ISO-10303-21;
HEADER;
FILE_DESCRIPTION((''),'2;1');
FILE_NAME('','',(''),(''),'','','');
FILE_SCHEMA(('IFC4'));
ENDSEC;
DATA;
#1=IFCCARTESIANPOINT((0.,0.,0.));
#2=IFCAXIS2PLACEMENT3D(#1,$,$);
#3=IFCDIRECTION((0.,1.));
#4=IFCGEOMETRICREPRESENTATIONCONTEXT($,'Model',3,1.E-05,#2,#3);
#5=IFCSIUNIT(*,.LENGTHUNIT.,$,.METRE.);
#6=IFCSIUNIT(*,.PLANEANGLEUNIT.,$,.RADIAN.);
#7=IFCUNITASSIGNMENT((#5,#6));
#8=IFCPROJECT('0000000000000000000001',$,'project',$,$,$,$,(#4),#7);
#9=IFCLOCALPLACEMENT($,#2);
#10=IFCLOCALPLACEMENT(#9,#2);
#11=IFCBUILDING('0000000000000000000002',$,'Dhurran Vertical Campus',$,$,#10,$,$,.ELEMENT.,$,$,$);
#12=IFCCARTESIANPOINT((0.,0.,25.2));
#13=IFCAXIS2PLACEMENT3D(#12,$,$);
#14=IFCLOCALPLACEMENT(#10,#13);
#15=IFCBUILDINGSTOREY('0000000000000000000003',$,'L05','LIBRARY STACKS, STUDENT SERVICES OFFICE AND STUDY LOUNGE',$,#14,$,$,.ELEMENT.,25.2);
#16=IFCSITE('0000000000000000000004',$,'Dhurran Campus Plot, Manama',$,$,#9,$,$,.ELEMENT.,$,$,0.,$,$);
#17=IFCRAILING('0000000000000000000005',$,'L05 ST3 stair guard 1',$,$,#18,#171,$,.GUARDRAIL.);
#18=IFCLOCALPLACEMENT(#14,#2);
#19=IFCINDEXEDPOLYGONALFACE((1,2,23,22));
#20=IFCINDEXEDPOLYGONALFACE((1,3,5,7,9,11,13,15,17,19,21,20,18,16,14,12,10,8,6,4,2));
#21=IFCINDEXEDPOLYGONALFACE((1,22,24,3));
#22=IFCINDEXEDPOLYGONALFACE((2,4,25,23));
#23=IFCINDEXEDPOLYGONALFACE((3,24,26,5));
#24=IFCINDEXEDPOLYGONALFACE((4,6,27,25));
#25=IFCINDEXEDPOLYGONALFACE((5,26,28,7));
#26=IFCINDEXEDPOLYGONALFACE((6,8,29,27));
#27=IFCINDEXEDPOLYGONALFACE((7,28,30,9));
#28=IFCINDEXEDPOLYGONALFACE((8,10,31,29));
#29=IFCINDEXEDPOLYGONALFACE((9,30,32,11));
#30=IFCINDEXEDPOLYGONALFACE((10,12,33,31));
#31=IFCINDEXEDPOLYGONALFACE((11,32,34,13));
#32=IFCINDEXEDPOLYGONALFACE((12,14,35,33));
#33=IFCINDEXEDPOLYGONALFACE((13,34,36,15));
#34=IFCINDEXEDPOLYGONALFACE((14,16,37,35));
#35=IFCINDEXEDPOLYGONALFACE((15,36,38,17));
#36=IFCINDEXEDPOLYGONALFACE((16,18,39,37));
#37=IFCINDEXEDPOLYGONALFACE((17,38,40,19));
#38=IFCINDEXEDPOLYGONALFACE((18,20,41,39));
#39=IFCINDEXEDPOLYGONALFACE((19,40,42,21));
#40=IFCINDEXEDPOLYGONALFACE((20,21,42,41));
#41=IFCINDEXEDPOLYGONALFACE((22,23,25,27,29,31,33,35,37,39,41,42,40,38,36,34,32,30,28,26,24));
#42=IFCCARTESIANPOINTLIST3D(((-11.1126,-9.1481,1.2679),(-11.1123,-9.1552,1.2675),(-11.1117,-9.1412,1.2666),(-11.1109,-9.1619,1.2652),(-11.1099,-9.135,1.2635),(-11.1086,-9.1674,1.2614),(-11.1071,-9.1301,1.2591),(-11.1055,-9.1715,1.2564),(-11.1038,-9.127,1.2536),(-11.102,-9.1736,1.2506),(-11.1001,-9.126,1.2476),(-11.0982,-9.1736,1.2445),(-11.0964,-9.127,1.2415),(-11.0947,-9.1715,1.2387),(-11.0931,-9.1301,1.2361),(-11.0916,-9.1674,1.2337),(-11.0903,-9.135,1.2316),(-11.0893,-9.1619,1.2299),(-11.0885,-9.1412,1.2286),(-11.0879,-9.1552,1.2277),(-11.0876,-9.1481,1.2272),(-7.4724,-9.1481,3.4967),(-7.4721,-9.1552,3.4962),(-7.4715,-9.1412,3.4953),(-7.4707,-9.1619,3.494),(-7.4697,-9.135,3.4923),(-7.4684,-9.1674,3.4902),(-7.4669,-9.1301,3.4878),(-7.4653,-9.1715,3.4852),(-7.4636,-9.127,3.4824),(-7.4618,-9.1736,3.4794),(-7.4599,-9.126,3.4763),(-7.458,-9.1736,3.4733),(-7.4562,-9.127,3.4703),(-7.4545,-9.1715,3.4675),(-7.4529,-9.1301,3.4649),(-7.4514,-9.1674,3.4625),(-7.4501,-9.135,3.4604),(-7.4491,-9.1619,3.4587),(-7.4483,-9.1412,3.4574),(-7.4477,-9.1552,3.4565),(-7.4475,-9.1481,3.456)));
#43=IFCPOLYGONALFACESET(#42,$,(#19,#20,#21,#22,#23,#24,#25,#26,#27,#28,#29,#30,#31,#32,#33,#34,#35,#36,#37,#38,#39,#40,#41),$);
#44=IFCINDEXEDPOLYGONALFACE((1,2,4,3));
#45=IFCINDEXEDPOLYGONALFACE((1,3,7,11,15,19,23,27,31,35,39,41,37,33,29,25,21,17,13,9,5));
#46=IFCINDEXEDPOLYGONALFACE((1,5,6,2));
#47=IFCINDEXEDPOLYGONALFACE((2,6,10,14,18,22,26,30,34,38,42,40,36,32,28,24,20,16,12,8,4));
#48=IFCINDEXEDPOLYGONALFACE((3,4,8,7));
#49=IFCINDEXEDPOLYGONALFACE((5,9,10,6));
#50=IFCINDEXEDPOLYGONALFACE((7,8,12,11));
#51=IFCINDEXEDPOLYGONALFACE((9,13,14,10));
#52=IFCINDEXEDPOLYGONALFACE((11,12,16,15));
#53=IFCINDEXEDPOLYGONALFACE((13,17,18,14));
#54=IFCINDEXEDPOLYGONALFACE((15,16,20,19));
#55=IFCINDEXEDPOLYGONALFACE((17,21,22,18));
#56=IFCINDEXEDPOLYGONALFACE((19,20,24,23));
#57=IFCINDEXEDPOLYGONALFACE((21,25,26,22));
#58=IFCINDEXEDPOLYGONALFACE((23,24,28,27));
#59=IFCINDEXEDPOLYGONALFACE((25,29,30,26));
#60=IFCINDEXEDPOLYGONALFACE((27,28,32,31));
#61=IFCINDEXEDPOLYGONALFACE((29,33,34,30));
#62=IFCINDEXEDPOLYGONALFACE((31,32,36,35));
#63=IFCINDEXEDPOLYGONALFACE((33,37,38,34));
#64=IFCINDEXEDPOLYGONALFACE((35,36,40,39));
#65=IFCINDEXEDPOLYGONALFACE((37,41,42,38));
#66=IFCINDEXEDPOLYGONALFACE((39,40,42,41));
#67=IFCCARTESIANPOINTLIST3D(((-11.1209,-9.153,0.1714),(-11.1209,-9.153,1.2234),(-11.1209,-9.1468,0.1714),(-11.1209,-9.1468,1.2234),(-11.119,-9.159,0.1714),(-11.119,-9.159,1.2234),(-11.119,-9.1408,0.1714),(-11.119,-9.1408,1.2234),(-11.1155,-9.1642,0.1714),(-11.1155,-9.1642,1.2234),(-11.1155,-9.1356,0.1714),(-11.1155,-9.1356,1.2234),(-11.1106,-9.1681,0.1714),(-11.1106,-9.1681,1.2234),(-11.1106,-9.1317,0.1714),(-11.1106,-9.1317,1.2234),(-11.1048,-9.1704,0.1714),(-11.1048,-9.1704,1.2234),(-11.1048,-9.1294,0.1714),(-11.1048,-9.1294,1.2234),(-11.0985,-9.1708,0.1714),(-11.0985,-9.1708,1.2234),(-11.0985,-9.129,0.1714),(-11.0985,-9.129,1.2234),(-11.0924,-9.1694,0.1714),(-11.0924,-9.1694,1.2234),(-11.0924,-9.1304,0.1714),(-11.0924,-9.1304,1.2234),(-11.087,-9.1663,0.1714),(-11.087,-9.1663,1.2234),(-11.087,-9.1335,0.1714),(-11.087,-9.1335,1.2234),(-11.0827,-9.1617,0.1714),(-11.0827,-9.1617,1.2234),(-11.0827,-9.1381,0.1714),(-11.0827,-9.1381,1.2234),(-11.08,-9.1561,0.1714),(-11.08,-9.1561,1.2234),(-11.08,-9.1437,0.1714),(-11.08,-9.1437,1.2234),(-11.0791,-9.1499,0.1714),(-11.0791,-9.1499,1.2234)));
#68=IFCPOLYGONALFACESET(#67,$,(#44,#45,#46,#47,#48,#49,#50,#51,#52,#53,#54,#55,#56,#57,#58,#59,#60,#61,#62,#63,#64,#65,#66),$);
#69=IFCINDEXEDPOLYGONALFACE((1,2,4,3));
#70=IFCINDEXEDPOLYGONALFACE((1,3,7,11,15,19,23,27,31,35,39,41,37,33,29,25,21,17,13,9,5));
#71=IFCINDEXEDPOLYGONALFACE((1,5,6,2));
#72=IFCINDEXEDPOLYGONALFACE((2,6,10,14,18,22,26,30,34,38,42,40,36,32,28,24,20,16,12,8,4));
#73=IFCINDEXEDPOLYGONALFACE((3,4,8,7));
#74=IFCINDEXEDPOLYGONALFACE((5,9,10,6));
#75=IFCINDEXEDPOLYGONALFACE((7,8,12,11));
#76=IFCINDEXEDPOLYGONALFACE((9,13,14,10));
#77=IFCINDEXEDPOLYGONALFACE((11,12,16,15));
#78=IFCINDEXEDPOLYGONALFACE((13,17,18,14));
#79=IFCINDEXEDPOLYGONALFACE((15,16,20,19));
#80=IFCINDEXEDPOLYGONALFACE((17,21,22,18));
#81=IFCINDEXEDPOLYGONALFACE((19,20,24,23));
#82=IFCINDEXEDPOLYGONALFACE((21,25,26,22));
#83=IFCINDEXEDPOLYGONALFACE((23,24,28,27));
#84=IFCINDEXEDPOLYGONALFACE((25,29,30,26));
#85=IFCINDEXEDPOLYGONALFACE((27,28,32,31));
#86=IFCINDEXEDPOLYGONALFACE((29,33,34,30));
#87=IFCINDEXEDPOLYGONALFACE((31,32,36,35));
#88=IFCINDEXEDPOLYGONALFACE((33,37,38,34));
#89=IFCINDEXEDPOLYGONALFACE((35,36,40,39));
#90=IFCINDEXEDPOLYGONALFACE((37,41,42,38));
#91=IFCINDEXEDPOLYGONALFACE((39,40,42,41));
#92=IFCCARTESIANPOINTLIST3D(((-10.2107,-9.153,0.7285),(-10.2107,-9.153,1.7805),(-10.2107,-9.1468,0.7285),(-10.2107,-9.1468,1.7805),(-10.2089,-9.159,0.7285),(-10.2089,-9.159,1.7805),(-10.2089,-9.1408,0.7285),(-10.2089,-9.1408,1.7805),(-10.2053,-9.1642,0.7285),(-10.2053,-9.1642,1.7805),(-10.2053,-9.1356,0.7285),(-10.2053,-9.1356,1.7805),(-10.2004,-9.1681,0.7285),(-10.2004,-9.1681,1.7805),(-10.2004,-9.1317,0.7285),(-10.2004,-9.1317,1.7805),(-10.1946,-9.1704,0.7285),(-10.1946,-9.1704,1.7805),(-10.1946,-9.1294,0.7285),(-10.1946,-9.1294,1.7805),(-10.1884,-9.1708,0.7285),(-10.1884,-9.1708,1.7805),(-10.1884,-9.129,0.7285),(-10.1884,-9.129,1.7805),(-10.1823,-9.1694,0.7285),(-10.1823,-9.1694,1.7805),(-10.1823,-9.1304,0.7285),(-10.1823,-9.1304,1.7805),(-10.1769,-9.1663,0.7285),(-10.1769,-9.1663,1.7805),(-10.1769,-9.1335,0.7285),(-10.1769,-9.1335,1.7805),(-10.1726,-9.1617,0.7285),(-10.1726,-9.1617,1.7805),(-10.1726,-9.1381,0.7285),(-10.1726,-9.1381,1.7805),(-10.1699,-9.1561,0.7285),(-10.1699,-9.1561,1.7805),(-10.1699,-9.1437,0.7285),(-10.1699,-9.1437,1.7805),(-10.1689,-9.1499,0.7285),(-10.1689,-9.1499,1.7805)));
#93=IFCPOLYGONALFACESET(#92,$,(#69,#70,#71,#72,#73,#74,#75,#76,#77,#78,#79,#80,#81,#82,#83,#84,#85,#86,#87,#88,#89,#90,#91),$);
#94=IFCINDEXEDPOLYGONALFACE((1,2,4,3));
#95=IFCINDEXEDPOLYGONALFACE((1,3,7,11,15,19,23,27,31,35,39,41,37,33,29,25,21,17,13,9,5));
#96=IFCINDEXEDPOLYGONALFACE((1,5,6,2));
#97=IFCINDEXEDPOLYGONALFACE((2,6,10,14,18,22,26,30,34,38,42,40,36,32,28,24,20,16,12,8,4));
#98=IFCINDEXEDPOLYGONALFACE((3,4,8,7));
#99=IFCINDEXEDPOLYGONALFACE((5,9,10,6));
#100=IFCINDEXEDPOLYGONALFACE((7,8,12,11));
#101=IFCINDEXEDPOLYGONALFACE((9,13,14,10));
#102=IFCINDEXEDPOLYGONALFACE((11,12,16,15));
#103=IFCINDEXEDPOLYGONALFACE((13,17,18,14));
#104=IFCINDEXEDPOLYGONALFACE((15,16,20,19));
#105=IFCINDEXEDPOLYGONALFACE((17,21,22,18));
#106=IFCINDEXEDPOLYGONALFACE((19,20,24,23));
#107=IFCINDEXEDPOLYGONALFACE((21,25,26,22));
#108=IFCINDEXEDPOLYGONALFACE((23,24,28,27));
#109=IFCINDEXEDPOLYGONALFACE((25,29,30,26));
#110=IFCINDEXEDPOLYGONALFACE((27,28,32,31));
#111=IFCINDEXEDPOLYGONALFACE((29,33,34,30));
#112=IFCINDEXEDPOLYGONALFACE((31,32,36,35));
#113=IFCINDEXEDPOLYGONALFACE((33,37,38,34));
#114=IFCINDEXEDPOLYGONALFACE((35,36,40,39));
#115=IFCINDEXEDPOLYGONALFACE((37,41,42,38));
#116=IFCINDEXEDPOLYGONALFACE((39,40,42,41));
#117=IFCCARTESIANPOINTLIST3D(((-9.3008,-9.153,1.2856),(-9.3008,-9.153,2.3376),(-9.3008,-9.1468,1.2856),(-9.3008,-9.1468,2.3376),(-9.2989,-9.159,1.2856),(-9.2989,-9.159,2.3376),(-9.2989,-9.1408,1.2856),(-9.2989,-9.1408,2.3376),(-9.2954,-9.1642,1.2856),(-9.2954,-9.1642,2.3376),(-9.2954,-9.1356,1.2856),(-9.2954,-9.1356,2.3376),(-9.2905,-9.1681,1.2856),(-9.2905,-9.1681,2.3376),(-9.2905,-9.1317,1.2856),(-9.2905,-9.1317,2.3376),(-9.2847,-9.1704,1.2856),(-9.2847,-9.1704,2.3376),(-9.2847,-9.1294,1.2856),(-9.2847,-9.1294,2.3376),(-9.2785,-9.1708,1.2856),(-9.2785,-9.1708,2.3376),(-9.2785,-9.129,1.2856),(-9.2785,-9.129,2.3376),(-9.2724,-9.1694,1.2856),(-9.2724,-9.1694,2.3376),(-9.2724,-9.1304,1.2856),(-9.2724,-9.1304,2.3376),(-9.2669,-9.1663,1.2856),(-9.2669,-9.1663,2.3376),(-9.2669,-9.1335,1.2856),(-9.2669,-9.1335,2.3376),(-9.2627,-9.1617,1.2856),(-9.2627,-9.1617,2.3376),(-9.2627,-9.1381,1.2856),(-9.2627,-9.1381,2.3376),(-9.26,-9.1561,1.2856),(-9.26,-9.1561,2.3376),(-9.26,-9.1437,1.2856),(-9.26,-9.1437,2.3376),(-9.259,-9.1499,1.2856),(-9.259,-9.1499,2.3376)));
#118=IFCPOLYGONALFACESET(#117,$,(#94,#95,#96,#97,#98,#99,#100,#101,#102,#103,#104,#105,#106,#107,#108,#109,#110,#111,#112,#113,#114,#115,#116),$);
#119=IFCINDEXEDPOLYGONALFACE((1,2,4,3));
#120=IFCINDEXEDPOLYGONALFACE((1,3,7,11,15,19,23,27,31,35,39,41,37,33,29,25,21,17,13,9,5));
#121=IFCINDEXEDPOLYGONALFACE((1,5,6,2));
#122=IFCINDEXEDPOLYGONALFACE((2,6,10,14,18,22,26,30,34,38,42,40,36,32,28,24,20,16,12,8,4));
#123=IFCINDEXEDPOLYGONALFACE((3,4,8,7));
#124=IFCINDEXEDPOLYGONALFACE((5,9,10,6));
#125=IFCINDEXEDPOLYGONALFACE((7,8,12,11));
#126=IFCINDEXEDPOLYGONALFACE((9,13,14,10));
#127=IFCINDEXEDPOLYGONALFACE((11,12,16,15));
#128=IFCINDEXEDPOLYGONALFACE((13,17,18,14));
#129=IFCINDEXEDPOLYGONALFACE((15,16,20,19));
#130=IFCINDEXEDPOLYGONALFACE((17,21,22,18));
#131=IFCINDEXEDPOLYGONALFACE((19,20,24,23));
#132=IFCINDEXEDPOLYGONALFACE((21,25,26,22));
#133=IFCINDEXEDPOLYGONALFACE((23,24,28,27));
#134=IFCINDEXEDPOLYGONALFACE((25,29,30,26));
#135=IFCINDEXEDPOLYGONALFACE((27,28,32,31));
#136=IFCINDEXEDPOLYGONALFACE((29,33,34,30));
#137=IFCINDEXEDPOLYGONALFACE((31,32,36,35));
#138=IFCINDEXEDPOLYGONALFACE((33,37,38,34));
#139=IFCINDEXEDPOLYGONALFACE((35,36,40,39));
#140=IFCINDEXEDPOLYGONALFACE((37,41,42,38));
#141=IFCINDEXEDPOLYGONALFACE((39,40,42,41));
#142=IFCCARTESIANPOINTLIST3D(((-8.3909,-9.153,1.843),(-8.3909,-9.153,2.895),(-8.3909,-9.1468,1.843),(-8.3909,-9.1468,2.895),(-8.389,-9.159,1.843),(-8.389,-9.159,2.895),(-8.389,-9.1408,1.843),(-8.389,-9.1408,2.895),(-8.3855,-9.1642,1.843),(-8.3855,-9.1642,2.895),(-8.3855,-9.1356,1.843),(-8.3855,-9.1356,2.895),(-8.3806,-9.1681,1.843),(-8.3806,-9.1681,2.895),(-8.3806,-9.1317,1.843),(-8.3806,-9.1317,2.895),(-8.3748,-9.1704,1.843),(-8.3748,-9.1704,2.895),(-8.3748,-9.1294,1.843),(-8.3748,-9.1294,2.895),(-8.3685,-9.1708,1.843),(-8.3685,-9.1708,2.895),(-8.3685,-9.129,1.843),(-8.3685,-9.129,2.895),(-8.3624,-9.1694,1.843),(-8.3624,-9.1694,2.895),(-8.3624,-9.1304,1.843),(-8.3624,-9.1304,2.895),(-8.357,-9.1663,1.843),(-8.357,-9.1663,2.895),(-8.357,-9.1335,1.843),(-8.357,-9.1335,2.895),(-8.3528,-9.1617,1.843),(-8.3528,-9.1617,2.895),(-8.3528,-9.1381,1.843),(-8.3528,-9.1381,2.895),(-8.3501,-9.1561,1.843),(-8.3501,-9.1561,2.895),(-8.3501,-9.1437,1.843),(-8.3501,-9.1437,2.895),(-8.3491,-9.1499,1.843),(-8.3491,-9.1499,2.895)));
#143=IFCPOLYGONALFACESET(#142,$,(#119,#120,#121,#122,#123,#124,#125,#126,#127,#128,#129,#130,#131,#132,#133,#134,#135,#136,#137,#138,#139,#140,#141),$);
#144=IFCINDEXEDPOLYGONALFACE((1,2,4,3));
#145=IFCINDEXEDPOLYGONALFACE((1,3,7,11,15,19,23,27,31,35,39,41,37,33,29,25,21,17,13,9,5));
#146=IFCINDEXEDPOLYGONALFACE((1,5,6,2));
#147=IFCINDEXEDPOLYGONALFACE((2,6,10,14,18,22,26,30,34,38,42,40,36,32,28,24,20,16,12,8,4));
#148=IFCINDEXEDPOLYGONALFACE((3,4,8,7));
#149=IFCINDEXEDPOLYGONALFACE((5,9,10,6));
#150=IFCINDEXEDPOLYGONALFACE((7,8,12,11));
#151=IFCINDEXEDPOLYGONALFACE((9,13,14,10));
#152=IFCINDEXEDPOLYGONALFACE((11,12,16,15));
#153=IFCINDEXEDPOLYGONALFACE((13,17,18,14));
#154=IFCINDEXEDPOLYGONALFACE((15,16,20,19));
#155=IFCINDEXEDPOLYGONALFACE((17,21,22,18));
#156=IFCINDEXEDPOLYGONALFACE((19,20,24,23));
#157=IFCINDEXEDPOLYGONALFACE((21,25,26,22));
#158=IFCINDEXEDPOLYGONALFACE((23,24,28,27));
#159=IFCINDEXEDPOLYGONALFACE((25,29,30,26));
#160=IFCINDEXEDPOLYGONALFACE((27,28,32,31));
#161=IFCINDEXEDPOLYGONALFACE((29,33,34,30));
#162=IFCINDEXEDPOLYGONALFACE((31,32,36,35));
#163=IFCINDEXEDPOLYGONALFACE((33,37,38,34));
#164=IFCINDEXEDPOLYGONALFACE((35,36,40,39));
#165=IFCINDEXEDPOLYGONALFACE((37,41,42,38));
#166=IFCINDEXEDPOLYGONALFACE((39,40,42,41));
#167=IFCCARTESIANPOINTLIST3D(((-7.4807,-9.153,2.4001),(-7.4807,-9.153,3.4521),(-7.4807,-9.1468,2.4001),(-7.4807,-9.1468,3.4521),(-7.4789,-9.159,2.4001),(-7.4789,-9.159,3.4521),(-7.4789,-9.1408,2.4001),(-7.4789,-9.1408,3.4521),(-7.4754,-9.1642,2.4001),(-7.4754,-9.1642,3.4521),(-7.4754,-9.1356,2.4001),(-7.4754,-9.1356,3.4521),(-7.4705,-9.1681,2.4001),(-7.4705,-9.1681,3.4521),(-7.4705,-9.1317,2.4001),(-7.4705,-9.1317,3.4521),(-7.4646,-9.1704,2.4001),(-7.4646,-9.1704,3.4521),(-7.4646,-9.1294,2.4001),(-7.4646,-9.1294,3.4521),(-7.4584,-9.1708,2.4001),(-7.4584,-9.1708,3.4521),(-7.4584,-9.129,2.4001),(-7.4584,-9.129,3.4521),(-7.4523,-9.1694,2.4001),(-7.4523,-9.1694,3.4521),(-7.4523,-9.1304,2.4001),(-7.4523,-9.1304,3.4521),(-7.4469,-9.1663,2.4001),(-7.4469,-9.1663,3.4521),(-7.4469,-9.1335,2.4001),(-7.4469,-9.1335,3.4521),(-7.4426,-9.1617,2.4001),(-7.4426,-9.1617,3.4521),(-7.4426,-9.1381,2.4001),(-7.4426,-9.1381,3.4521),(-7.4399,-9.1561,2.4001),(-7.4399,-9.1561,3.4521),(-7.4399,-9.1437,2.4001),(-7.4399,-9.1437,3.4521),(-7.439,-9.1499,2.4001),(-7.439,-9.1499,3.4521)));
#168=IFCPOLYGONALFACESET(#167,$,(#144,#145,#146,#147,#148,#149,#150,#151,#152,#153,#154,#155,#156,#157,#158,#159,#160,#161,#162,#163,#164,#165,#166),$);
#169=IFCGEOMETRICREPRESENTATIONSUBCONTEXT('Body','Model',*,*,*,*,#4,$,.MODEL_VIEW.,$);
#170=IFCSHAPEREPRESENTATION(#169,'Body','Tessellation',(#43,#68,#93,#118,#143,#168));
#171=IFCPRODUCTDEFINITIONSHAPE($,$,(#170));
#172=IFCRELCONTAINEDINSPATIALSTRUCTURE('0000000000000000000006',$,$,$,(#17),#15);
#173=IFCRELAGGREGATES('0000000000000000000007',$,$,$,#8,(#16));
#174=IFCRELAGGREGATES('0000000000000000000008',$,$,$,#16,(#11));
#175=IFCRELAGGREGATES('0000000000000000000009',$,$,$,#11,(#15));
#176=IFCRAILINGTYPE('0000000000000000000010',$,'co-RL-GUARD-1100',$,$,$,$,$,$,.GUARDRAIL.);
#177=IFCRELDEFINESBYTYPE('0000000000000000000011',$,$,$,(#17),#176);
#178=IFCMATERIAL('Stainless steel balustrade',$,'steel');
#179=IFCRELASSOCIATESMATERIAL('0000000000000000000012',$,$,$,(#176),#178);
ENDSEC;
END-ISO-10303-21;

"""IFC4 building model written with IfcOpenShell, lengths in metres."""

from ifc_helpers import new_model, si_unit, direction, frame, origin, origin_2d, place, context, subcontext, project, spatial, circle, extrude, material, type_object, element, save


model = new_model("IFC4")

# Units and contexts
model_context = context("Model", 3, precision=1e-05, world=origin(), true_north=direction((0.0, 1.0)))
body_context = subcontext(model_context, "Body", "Model", "MODEL_VIEW")
ifc_project = project(units=[si_unit("LENGTHUNIT", "METRE"), si_unit("PLANEANGLEUNIT", "RADIAN")], contexts=[model_context])

# Site, building, storey
site_placement = place(None, origin())
site = spatial("IfcSite", under=ifc_project, at=site_placement, Name="Dhurran Campus Plot, Manama", CompositionType="ELEMENT", RefElevation=0.0)
building_placement = place(site_placement, origin())
building = spatial("IfcBuilding", under=site, at=building_placement, Name="Dhurran Vertical Campus", CompositionType="ELEMENT")
storey_placement = place(building_placement, frame((0.0, 0.0, 25.2)))
storey = spatial("IfcBuildingStorey", under=building, at=storey_placement, Name="L05", Description="LIBRARY STACKS, STUDENT SERVICES OFFICE AND STUDY LOUNGE", CompositionType="ELEMENT", Elevation=25.2)

# Railing
ifc_material_1 = material(Name="Stainless steel balustrade", Category="steel")
railing_type_1 = type_object("IfcRailingType", Name="co-RL-GUARD-1100", PredefinedType="GUARDRAIL", material=ifc_material_1)
railing_1_placement = place(storey_placement, frame((-11.1001, -9.1499, 0.1714)))
element("IfcRailing", 1, at=railing_1_placement, inside=storey, type_object=railing_type_1, Name="L05 ST3 stair guard 1", PredefinedType="GUARDRAIL", context=body_context, shape_type="SweptSolid", body=[
    extrude(circle(Radius=0.0239, at=origin_2d()), frame((0.0, 0.0, 1.0762), z_axis=(0.85284, 0.0, 0.522172), x_axis=(0.0, 1.0, 0.0)), (0.0, 0.0, 1.0), 4.2683),
    extrude(circle(Radius=0.021, at=origin_2d()), origin(), (0.0, 0.0, 1.0), 1.052),
    extrude(circle(Radius=0.021, at=origin_2d()), frame((0.9102, 0.0, 0.5571)), (0.0, 0.0, 1.0), 1.052),
    extrude(circle(Radius=0.021, at=origin_2d()), frame((1.8201, 0.0, 1.1143)), (0.0, 0.0, 1.0), 1.052),
    extrude(circle(Radius=0.021, at=origin_2d()), frame((2.73, 0.0, 1.6716)), (0.0, 0.0, 1.0), 1.052),
    extrude(circle(Radius=0.021, at=origin_2d()), frame((3.6401, 0.0, 2.2288)), (0.0, 0.0, 1.0), 1.052),
])

save(model, "model.ifc")
